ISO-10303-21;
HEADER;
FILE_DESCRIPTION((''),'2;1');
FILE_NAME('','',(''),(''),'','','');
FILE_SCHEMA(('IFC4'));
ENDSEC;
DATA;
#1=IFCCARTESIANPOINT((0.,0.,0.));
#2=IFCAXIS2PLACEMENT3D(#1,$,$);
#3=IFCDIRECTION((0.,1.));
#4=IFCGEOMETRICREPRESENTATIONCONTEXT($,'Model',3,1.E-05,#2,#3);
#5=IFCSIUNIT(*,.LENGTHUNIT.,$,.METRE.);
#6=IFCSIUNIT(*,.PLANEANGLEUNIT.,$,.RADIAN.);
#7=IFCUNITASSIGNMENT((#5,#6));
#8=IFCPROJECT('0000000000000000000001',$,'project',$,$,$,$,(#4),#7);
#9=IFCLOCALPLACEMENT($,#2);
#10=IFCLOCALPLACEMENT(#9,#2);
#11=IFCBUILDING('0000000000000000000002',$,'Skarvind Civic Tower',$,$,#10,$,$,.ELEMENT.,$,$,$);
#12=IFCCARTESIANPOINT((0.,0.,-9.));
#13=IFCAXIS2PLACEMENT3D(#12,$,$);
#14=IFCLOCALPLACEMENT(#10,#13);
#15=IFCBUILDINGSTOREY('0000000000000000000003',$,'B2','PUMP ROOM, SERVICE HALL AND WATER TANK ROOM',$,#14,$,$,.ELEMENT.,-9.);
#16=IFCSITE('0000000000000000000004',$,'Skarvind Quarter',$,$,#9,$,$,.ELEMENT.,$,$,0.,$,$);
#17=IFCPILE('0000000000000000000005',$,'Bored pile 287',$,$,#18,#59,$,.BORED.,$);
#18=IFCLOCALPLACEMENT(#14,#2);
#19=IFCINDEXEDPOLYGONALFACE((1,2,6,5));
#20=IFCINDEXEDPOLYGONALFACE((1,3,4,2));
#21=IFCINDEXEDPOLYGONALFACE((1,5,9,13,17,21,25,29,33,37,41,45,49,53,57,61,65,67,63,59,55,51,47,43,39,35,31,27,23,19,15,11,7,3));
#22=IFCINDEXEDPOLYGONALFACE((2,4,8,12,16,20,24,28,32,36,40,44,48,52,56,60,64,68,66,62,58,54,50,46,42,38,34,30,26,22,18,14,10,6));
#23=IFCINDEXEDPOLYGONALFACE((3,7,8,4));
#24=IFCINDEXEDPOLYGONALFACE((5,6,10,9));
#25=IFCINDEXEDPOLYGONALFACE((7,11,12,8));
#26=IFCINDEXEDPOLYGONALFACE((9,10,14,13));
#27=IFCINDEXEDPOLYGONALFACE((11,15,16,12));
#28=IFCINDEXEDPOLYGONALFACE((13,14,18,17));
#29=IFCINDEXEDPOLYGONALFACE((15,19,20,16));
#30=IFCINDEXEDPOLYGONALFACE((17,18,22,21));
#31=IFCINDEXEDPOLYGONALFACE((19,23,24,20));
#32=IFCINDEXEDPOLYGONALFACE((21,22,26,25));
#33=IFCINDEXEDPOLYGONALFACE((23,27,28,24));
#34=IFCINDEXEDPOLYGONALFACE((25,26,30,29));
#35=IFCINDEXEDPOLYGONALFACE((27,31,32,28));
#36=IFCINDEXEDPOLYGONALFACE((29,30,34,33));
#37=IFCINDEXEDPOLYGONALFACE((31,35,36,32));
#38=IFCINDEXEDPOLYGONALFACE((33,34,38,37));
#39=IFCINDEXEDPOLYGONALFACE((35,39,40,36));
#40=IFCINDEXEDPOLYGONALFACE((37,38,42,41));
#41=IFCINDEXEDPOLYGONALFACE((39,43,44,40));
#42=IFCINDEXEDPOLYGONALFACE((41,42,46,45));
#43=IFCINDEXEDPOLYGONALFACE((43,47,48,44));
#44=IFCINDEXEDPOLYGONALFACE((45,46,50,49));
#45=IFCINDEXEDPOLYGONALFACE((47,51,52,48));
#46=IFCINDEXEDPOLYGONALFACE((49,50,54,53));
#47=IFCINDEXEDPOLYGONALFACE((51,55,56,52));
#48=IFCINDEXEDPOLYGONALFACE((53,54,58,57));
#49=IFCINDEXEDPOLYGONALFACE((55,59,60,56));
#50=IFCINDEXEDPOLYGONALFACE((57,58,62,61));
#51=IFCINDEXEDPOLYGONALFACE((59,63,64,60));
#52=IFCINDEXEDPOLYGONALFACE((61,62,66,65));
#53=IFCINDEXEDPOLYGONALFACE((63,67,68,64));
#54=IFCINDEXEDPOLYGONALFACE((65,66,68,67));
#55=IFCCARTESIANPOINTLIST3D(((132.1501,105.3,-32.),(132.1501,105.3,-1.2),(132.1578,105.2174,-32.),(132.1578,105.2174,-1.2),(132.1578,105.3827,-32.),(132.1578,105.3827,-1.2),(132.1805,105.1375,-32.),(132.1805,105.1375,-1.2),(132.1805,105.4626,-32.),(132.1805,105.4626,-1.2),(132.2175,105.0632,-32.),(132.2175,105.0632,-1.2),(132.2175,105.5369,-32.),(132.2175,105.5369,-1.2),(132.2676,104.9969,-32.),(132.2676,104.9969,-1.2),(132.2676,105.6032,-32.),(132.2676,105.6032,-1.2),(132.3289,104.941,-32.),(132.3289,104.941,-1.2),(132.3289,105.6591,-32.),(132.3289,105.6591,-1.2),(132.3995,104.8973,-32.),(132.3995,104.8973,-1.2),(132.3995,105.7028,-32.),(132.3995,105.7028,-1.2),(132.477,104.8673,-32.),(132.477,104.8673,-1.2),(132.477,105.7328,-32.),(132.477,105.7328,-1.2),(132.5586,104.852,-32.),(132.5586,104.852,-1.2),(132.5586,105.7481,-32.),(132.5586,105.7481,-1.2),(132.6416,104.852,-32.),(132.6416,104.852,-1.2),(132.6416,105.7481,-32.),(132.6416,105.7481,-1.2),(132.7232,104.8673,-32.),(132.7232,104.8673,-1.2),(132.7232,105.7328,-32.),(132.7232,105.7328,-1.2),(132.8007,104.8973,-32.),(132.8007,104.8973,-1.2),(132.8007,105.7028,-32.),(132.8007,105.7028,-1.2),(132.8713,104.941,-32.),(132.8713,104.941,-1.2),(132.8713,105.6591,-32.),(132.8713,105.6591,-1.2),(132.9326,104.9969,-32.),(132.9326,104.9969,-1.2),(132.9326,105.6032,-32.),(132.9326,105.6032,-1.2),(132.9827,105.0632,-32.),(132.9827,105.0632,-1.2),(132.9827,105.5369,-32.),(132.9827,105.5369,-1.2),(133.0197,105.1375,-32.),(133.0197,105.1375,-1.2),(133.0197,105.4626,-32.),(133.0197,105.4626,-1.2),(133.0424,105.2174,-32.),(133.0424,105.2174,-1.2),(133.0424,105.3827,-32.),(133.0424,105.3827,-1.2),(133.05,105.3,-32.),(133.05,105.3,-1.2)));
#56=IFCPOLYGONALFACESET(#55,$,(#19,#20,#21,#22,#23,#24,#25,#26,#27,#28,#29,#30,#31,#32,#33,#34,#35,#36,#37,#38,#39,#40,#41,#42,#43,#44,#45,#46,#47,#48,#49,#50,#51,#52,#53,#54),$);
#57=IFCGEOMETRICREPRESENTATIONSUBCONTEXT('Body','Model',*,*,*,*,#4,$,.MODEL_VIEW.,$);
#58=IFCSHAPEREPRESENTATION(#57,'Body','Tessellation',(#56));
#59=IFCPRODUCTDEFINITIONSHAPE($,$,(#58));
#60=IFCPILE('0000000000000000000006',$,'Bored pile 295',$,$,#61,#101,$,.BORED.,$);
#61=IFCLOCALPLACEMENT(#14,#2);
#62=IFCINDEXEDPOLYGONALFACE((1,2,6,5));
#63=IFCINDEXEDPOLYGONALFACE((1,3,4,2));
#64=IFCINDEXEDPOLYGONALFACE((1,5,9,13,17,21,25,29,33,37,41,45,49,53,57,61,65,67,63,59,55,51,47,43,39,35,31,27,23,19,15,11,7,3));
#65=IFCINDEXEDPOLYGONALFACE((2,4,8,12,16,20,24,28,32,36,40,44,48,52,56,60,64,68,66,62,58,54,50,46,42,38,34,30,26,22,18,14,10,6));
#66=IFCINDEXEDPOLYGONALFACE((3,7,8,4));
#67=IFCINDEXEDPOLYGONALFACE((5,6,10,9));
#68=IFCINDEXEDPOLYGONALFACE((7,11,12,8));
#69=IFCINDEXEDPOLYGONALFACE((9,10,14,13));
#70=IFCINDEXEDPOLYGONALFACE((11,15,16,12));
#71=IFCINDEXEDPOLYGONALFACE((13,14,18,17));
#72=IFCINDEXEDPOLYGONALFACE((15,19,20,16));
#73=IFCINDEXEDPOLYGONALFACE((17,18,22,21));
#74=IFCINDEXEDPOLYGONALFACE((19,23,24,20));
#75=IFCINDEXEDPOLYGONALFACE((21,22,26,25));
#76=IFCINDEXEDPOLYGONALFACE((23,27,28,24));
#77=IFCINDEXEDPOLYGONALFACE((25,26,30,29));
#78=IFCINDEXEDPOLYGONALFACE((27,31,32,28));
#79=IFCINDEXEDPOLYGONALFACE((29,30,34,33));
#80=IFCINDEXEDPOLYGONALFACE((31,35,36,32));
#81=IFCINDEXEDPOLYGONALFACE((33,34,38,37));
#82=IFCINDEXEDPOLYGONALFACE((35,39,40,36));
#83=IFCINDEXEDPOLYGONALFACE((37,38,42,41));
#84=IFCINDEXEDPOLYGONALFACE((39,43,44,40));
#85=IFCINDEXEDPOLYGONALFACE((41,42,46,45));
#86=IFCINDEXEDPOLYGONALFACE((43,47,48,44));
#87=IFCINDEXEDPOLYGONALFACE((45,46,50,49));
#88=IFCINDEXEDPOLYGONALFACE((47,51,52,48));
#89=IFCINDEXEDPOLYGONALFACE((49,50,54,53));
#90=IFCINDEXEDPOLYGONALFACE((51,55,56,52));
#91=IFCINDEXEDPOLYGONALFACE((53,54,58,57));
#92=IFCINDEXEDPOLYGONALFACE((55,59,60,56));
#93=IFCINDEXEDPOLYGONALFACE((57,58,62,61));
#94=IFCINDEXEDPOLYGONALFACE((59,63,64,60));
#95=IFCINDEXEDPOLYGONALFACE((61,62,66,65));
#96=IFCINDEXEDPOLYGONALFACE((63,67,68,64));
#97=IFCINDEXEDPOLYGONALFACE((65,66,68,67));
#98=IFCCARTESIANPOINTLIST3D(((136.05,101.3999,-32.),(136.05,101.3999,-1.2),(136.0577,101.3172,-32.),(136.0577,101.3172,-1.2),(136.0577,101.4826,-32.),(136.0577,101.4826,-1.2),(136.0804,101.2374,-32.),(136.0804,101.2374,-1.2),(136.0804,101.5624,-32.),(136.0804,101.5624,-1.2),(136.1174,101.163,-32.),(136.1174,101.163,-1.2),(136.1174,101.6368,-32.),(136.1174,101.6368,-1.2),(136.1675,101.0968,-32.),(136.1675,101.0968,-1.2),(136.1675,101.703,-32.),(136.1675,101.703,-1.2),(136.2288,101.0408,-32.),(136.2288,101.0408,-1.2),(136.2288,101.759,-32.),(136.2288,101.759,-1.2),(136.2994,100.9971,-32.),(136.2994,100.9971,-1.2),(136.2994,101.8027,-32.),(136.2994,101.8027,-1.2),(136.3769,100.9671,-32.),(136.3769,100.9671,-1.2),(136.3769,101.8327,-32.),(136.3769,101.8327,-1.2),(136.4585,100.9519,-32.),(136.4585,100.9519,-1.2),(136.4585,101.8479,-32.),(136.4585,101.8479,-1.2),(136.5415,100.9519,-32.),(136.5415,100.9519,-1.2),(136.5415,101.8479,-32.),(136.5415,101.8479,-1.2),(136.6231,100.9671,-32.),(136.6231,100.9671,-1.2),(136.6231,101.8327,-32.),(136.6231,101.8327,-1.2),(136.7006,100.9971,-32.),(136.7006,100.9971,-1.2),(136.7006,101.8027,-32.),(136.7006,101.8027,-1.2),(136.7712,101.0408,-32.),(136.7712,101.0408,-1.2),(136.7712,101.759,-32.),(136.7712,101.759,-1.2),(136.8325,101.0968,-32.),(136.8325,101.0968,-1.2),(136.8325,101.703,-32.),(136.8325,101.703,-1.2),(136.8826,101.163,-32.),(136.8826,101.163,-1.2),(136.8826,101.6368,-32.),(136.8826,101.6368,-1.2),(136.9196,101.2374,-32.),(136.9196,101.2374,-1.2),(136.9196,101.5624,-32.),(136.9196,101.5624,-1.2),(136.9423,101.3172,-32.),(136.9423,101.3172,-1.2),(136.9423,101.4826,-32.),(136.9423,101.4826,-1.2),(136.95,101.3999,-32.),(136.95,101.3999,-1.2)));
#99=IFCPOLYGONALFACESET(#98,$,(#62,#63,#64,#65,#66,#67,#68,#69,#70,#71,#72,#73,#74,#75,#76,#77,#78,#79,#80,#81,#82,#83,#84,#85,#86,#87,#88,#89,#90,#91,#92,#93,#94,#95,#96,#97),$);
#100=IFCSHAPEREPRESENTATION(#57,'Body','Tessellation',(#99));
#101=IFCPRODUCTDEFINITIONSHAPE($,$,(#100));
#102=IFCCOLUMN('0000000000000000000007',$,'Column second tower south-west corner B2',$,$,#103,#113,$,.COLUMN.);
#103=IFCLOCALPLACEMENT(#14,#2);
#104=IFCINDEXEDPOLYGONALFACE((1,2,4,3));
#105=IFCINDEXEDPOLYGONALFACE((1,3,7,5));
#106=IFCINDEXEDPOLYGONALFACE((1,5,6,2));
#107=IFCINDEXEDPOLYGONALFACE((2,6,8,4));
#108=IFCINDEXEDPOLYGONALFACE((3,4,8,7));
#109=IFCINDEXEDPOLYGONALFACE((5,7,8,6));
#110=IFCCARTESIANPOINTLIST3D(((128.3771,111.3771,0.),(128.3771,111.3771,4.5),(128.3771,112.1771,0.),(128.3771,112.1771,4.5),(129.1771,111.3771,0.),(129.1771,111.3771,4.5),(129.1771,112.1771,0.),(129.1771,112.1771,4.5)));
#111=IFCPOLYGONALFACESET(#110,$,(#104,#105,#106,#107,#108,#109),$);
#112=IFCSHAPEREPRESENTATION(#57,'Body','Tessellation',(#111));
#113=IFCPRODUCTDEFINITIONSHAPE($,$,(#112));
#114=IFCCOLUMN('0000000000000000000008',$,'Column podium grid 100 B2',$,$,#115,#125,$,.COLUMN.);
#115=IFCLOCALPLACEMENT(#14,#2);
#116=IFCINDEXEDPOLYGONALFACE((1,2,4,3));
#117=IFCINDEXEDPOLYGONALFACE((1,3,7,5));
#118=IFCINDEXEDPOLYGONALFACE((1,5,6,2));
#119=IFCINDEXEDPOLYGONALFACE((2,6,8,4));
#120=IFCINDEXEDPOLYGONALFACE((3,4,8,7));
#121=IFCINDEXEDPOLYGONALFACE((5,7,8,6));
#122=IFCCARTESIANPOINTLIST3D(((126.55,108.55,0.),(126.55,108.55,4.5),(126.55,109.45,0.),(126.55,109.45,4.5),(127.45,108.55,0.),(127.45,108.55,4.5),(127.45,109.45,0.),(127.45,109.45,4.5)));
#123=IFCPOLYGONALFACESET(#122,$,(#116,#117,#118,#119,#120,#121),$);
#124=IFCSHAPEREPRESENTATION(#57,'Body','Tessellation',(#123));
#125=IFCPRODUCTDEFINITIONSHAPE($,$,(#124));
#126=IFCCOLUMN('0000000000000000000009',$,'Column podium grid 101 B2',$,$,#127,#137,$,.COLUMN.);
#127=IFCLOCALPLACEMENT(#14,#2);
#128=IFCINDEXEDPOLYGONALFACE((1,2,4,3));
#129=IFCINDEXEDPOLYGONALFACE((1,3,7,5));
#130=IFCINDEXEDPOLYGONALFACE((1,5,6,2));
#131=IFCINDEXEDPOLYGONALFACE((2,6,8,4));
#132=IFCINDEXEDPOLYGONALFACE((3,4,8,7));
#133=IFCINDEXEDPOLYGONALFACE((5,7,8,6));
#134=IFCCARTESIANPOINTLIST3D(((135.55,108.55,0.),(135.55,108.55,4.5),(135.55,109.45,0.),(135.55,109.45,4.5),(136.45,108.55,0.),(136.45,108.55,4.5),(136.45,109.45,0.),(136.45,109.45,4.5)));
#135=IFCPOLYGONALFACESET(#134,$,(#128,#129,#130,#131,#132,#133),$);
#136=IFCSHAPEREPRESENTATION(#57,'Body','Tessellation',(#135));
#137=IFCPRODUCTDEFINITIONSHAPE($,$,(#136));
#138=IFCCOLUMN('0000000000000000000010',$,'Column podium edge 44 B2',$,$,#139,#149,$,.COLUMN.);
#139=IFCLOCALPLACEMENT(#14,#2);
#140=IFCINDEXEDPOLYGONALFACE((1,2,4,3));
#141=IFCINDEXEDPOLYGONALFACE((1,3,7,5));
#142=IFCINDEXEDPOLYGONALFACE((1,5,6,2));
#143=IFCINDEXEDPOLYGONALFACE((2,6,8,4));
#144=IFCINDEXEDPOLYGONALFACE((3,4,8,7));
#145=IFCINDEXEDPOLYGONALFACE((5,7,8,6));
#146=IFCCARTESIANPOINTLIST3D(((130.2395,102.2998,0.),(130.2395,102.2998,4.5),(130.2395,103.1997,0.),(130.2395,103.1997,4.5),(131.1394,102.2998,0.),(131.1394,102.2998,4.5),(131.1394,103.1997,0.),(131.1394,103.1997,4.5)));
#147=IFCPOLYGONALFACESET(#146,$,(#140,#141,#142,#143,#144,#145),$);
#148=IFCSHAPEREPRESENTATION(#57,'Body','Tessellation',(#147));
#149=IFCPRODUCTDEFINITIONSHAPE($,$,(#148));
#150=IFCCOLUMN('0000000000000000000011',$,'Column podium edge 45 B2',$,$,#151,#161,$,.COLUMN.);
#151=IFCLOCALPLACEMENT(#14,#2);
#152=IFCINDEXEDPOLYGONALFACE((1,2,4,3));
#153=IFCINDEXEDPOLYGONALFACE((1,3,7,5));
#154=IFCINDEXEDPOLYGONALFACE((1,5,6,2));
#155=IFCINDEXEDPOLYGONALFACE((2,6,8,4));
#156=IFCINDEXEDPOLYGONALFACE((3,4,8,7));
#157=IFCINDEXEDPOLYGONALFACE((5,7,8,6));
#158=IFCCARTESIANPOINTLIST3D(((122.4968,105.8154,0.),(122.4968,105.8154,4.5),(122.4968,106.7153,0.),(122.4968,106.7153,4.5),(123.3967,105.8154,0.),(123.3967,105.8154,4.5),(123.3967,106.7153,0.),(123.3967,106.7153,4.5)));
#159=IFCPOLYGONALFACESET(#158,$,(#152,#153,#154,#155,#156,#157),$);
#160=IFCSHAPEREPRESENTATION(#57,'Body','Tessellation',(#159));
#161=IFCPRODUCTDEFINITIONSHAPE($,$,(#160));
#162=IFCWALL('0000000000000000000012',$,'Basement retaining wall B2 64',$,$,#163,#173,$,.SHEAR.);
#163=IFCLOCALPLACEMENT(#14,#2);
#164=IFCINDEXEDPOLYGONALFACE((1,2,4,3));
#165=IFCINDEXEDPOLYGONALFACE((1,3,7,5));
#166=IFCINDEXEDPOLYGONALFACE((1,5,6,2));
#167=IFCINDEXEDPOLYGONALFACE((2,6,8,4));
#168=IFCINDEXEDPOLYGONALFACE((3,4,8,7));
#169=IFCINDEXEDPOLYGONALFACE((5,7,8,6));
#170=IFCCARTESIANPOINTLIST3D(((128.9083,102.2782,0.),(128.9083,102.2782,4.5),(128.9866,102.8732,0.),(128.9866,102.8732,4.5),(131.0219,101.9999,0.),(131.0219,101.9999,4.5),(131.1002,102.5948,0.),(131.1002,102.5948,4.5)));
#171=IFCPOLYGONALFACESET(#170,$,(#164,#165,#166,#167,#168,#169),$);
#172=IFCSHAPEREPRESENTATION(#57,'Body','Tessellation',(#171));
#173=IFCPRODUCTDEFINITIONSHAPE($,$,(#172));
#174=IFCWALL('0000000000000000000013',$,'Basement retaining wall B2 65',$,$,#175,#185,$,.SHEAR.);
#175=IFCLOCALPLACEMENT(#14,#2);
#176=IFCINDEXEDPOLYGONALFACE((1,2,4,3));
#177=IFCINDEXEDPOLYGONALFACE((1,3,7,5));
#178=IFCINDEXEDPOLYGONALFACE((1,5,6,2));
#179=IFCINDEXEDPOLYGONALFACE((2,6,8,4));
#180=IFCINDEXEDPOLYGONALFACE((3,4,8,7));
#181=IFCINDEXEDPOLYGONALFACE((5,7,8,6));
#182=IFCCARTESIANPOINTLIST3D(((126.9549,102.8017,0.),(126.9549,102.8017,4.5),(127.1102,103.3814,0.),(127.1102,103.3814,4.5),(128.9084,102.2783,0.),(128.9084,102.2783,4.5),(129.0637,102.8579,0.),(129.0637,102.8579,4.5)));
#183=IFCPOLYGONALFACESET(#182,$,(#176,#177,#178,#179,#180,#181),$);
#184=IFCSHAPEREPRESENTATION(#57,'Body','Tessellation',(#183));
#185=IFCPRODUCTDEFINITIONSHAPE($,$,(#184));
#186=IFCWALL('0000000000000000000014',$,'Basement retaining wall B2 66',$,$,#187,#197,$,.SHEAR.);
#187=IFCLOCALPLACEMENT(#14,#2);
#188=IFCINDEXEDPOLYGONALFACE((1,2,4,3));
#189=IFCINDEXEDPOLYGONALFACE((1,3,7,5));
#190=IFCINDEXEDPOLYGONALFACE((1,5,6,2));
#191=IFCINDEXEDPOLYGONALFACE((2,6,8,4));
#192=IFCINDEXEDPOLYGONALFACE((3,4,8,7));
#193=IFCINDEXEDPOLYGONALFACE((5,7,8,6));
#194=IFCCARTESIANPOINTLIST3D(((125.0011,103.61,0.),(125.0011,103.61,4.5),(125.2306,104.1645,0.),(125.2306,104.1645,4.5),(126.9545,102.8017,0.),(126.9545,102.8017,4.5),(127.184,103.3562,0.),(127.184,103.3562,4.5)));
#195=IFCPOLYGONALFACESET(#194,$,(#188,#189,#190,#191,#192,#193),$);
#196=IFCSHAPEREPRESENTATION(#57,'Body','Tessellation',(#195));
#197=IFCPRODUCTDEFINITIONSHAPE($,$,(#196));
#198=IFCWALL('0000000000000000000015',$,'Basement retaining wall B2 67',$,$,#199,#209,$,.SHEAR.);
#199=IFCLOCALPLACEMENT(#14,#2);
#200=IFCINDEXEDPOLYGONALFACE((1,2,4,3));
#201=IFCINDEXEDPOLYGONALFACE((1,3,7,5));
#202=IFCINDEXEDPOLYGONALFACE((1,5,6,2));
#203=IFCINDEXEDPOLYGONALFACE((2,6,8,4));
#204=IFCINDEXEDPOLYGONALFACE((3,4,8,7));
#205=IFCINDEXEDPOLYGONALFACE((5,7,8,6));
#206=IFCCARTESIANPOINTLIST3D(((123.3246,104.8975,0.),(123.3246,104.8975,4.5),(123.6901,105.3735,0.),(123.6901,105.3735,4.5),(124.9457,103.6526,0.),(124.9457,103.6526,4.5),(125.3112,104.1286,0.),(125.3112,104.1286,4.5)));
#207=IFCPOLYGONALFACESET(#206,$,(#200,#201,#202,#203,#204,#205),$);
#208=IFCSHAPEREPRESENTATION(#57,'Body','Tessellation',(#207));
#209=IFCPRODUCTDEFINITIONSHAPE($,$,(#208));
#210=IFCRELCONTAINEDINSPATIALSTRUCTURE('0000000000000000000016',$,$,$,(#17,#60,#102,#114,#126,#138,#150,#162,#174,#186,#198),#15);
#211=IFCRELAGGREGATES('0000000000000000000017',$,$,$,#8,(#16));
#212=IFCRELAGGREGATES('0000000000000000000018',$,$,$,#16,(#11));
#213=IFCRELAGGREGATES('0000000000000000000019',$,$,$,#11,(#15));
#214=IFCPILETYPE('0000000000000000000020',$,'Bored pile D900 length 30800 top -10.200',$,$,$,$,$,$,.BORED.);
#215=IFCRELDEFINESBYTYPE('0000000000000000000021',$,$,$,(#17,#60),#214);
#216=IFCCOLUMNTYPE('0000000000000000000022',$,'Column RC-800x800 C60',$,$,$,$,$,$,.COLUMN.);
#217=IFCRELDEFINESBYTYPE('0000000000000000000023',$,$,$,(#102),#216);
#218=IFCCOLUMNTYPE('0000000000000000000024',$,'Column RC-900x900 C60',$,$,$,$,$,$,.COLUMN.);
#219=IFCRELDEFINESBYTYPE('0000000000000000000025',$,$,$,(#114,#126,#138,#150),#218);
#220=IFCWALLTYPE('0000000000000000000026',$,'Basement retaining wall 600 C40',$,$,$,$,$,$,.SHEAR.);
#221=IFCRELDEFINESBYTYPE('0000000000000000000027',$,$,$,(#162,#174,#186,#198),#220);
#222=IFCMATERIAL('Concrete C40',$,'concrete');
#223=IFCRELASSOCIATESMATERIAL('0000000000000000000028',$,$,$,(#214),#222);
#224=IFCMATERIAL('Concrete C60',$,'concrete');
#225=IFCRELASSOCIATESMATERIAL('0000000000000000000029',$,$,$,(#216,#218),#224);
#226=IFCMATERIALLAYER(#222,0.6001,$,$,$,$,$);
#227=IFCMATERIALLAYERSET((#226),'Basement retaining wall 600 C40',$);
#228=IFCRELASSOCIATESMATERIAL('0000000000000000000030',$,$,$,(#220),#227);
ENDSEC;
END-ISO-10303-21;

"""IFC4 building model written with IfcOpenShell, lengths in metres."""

from ifc_helpers import new_model, si_unit, direction, frame, frame_2d, origin, origin_2d, place, context, subcontext, project, spatial, rectangle, circle, extrude, material, layer, layer_set, material_profile, profile_set, type_object, element, save


model = new_model("IFC4")

# Units and contexts
model_context = context("Model", 3, precision=1e-05, world=origin(), true_north=direction((0.0, 1.0)))
body_context = subcontext(model_context, "Body", "Model", "MODEL_VIEW")
ifc_project = project(units=[si_unit("LENGTHUNIT", "METRE"), si_unit("PLANEANGLEUNIT", "RADIAN")], contexts=[model_context])

# Site, building, storey
site_placement = place(None, origin())
site = spatial("IfcSite", under=ifc_project, at=site_placement, Name="Skarvind Quarter", CompositionType="ELEMENT", RefElevation=0.0)
building_placement = place(site_placement, origin())
building = spatial("IfcBuilding", under=site, at=building_placement, Name="Skarvind Civic Tower", CompositionType="ELEMENT")
storey_placement = place(building_placement, frame((0.0, 0.0, -9.0)))
storey = spatial("IfcBuildingStorey", under=building, at=storey_placement, Name="B2", Description="PUMP ROOM, SERVICE HALL AND WATER TANK ROOM", CompositionType="ELEMENT", Elevation=-9.0)

# Piles
ifc_material_1 = material(Name="Concrete C40", Category="concrete")
pile_type_1 = type_object("IfcPileType", Name="Bored pile D900 length 30800 top -10.200", PredefinedType="BORED", material=ifc_material_1)
for number, where, z_axis, x_axis, name in (
    (1, (132.6001, 105.3, -1.2), (0.0, 0.0, -1.0), (1.0, 0.0, 0.0), "Bored pile 287"),
    (2, (136.5, 101.3999, -1.2), (0.0, 0.0, -1.0), (1.0, 0.0, 0.0), "Bored pile 295"),
):
    element("IfcPile", number, at=place(storey_placement, frame(where, z_axis=z_axis, x_axis=x_axis)), inside=storey, type_object=pile_type_1, Name=name, PredefinedType="BORED", context=body_context, shape_type="SweptSolid", body=[
        extrude(circle(Radius=0.45, at=origin_2d()), origin(), (0.0, 0.0, 1.0), 30.8),
    ])

# Columns
ifc_material_2 = material(Name="Concrete C60", Category="concrete")
ifc_material_profile_1 = material_profile(ifc_material_2, rectangle(XDim=0.8, YDim=0.8, at=origin_2d()), Name="RC-800x800")
ifc_profile_set_1 = profile_set([ifc_material_profile_1], Name="Concrete C60")
column_type_1 = type_object("IfcColumnType", Name="Column RC-800x800 C60", PredefinedType="COLUMN", material=ifc_profile_set_1)
column_placement = place(storey_placement, frame((128.7771, 111.7771, 0.0), z_axis=(0.0, 0.0, 1.0), x_axis=(1.0, 0.0, 0.0)))
element("IfcColumn", 3, at=column_placement, inside=storey, type_object=column_type_1, Name="Column second tower south-west corner B2", PredefinedType="COLUMN", context=body_context, shape_type="SweptSolid", body=[
    extrude(rectangle(XDim=0.8, YDim=0.8, at=origin_2d()), origin(), (0.0, 0.0, 1.0), 4.5),
])
ifc_material_profile_2 = material_profile(ifc_material_2, rectangle(XDim=0.8999, YDim=0.8999, at=origin_2d()), Name="RC-900x900")
ifc_profile_set_2 = profile_set([ifc_material_profile_2], Name="Concrete C60")
column_type_2 = type_object("IfcColumnType", Name="Column RC-900x900 C60", PredefinedType="COLUMN", material=ifc_profile_set_2)
for number, where, z_axis, x_axis, name in (
    (4, (127.0, 109.0, 0.0), (0.0, 0.0, 1.0), (1.0, 0.0, 0.0), "Column podium grid 100 B2"),
    (5, (136.0, 109.0, 0.0), (0.0, 0.0, 1.0), (1.0, 0.0, 0.0), "Column podium grid 101 B2"),
    (6, (130.6895, 102.7498, 0.0), (0.0, 0.0, 1.0), (1.0, 0.0, 0.0), "Column podium edge 44 B2"),
    (7, (122.9468, 106.2654, 0.0), (0.0, 0.0, 1.0), (1.0, 0.0, 0.0), "Column podium edge 45 B2"),
):
    element("IfcColumn", number, at=place(storey_placement, frame(where, z_axis=z_axis, x_axis=x_axis)), inside=storey, type_object=column_type_2, Name=name, PredefinedType="COLUMN", context=body_context, shape_type="SweptSolid", body=[
        extrude(rectangle(XDim=0.8999, YDim=0.8999, at=origin_2d()), origin(), (0.0, 0.0, 1.0), 4.5),
    ])

# Walls
ifc_layer_1 = layer(ifc_material_1, 0.6001)
ifc_layer_set_1 = layer_set([ifc_layer_1], Name="Basement retaining wall 600 C40")
wall_type_1 = type_object("IfcWallType", Name="Basement retaining wall 600 C40", PredefinedType="SHEAR", material=ifc_layer_set_1)
wall_1_placement = place(storey_placement, frame((131.061, 102.2974, 0.0), z_axis=(0.0, 0.0, 1.0), x_axis=(-0.991441, 0.130558, 0.0)))
element("IfcWall", 8, at=wall_1_placement, inside=storey, type_object=wall_type_1, Name="Basement retaining wall B2 64", PredefinedType="SHEAR", context=body_context, shape_type="SweptSolid", body=[
    extrude(rectangle(XDim=2.1318, YDim=0.6001, at=frame_2d((1.0659, 0.0))), origin(), (0.0, 0.0, 1.0), 4.5),
])
wall_2_placement = place(storey_placement, frame((128.9861, 102.5681, 0.0), z_axis=(0.0, 0.0, 1.0), x_axis=(-0.96593, 0.258804, 0.0)))
element("IfcWall", 9, at=wall_2_placement, inside=storey, type_object=wall_type_1, Name="Basement retaining wall B2 65", PredefinedType="SHEAR", context=body_context, shape_type="SweptSolid", body=[
    extrude(rectangle(XDim=2.0225, YDim=0.6001, at=frame_2d((1.0112, 0.0))), origin(), (0.0, 0.0, 1.0), 4.5),
])
wall_3_placement = place(storey_placement, frame((127.0693, 103.0789, 0.0), z_axis=(0.0, 0.0, 1.0), x_axis=(-0.924007, 0.382376, 0.0)))
element("IfcWall", 10, at=wall_3_placement, inside=storey, type_object=wall_type_1, Name="Basement retaining wall B2 66", PredefinedType="SHEAR", context=body_context, shape_type="SweptSolid", body=[
    extrude(rectangle(XDim=2.114, YDim=0.6001, at=frame_2d((1.0571, 0.0))), origin(), (0.0, 0.0, 1.0), 4.5),
])
wall_4_placement = place(storey_placement, frame((125.1284, 103.8906, 0.0), z_axis=(0.0, 0.0, 1.0), x_axis=(-0.793125, 0.609058, 0.0)))
element("IfcWall", 11, at=wall_4_placement, inside=storey, type_object=wall_type_1, Name="Basement retaining wall B2 67", PredefinedType="SHEAR", context=body_context, shape_type="SweptSolid", body=[
    extrude(rectangle(XDim=2.0439, YDim=0.6001, at=frame_2d((1.022, 0.0))), origin(), (0.0, 0.0, 1.0), 4.5),
])

save(model, "model.ifc")
